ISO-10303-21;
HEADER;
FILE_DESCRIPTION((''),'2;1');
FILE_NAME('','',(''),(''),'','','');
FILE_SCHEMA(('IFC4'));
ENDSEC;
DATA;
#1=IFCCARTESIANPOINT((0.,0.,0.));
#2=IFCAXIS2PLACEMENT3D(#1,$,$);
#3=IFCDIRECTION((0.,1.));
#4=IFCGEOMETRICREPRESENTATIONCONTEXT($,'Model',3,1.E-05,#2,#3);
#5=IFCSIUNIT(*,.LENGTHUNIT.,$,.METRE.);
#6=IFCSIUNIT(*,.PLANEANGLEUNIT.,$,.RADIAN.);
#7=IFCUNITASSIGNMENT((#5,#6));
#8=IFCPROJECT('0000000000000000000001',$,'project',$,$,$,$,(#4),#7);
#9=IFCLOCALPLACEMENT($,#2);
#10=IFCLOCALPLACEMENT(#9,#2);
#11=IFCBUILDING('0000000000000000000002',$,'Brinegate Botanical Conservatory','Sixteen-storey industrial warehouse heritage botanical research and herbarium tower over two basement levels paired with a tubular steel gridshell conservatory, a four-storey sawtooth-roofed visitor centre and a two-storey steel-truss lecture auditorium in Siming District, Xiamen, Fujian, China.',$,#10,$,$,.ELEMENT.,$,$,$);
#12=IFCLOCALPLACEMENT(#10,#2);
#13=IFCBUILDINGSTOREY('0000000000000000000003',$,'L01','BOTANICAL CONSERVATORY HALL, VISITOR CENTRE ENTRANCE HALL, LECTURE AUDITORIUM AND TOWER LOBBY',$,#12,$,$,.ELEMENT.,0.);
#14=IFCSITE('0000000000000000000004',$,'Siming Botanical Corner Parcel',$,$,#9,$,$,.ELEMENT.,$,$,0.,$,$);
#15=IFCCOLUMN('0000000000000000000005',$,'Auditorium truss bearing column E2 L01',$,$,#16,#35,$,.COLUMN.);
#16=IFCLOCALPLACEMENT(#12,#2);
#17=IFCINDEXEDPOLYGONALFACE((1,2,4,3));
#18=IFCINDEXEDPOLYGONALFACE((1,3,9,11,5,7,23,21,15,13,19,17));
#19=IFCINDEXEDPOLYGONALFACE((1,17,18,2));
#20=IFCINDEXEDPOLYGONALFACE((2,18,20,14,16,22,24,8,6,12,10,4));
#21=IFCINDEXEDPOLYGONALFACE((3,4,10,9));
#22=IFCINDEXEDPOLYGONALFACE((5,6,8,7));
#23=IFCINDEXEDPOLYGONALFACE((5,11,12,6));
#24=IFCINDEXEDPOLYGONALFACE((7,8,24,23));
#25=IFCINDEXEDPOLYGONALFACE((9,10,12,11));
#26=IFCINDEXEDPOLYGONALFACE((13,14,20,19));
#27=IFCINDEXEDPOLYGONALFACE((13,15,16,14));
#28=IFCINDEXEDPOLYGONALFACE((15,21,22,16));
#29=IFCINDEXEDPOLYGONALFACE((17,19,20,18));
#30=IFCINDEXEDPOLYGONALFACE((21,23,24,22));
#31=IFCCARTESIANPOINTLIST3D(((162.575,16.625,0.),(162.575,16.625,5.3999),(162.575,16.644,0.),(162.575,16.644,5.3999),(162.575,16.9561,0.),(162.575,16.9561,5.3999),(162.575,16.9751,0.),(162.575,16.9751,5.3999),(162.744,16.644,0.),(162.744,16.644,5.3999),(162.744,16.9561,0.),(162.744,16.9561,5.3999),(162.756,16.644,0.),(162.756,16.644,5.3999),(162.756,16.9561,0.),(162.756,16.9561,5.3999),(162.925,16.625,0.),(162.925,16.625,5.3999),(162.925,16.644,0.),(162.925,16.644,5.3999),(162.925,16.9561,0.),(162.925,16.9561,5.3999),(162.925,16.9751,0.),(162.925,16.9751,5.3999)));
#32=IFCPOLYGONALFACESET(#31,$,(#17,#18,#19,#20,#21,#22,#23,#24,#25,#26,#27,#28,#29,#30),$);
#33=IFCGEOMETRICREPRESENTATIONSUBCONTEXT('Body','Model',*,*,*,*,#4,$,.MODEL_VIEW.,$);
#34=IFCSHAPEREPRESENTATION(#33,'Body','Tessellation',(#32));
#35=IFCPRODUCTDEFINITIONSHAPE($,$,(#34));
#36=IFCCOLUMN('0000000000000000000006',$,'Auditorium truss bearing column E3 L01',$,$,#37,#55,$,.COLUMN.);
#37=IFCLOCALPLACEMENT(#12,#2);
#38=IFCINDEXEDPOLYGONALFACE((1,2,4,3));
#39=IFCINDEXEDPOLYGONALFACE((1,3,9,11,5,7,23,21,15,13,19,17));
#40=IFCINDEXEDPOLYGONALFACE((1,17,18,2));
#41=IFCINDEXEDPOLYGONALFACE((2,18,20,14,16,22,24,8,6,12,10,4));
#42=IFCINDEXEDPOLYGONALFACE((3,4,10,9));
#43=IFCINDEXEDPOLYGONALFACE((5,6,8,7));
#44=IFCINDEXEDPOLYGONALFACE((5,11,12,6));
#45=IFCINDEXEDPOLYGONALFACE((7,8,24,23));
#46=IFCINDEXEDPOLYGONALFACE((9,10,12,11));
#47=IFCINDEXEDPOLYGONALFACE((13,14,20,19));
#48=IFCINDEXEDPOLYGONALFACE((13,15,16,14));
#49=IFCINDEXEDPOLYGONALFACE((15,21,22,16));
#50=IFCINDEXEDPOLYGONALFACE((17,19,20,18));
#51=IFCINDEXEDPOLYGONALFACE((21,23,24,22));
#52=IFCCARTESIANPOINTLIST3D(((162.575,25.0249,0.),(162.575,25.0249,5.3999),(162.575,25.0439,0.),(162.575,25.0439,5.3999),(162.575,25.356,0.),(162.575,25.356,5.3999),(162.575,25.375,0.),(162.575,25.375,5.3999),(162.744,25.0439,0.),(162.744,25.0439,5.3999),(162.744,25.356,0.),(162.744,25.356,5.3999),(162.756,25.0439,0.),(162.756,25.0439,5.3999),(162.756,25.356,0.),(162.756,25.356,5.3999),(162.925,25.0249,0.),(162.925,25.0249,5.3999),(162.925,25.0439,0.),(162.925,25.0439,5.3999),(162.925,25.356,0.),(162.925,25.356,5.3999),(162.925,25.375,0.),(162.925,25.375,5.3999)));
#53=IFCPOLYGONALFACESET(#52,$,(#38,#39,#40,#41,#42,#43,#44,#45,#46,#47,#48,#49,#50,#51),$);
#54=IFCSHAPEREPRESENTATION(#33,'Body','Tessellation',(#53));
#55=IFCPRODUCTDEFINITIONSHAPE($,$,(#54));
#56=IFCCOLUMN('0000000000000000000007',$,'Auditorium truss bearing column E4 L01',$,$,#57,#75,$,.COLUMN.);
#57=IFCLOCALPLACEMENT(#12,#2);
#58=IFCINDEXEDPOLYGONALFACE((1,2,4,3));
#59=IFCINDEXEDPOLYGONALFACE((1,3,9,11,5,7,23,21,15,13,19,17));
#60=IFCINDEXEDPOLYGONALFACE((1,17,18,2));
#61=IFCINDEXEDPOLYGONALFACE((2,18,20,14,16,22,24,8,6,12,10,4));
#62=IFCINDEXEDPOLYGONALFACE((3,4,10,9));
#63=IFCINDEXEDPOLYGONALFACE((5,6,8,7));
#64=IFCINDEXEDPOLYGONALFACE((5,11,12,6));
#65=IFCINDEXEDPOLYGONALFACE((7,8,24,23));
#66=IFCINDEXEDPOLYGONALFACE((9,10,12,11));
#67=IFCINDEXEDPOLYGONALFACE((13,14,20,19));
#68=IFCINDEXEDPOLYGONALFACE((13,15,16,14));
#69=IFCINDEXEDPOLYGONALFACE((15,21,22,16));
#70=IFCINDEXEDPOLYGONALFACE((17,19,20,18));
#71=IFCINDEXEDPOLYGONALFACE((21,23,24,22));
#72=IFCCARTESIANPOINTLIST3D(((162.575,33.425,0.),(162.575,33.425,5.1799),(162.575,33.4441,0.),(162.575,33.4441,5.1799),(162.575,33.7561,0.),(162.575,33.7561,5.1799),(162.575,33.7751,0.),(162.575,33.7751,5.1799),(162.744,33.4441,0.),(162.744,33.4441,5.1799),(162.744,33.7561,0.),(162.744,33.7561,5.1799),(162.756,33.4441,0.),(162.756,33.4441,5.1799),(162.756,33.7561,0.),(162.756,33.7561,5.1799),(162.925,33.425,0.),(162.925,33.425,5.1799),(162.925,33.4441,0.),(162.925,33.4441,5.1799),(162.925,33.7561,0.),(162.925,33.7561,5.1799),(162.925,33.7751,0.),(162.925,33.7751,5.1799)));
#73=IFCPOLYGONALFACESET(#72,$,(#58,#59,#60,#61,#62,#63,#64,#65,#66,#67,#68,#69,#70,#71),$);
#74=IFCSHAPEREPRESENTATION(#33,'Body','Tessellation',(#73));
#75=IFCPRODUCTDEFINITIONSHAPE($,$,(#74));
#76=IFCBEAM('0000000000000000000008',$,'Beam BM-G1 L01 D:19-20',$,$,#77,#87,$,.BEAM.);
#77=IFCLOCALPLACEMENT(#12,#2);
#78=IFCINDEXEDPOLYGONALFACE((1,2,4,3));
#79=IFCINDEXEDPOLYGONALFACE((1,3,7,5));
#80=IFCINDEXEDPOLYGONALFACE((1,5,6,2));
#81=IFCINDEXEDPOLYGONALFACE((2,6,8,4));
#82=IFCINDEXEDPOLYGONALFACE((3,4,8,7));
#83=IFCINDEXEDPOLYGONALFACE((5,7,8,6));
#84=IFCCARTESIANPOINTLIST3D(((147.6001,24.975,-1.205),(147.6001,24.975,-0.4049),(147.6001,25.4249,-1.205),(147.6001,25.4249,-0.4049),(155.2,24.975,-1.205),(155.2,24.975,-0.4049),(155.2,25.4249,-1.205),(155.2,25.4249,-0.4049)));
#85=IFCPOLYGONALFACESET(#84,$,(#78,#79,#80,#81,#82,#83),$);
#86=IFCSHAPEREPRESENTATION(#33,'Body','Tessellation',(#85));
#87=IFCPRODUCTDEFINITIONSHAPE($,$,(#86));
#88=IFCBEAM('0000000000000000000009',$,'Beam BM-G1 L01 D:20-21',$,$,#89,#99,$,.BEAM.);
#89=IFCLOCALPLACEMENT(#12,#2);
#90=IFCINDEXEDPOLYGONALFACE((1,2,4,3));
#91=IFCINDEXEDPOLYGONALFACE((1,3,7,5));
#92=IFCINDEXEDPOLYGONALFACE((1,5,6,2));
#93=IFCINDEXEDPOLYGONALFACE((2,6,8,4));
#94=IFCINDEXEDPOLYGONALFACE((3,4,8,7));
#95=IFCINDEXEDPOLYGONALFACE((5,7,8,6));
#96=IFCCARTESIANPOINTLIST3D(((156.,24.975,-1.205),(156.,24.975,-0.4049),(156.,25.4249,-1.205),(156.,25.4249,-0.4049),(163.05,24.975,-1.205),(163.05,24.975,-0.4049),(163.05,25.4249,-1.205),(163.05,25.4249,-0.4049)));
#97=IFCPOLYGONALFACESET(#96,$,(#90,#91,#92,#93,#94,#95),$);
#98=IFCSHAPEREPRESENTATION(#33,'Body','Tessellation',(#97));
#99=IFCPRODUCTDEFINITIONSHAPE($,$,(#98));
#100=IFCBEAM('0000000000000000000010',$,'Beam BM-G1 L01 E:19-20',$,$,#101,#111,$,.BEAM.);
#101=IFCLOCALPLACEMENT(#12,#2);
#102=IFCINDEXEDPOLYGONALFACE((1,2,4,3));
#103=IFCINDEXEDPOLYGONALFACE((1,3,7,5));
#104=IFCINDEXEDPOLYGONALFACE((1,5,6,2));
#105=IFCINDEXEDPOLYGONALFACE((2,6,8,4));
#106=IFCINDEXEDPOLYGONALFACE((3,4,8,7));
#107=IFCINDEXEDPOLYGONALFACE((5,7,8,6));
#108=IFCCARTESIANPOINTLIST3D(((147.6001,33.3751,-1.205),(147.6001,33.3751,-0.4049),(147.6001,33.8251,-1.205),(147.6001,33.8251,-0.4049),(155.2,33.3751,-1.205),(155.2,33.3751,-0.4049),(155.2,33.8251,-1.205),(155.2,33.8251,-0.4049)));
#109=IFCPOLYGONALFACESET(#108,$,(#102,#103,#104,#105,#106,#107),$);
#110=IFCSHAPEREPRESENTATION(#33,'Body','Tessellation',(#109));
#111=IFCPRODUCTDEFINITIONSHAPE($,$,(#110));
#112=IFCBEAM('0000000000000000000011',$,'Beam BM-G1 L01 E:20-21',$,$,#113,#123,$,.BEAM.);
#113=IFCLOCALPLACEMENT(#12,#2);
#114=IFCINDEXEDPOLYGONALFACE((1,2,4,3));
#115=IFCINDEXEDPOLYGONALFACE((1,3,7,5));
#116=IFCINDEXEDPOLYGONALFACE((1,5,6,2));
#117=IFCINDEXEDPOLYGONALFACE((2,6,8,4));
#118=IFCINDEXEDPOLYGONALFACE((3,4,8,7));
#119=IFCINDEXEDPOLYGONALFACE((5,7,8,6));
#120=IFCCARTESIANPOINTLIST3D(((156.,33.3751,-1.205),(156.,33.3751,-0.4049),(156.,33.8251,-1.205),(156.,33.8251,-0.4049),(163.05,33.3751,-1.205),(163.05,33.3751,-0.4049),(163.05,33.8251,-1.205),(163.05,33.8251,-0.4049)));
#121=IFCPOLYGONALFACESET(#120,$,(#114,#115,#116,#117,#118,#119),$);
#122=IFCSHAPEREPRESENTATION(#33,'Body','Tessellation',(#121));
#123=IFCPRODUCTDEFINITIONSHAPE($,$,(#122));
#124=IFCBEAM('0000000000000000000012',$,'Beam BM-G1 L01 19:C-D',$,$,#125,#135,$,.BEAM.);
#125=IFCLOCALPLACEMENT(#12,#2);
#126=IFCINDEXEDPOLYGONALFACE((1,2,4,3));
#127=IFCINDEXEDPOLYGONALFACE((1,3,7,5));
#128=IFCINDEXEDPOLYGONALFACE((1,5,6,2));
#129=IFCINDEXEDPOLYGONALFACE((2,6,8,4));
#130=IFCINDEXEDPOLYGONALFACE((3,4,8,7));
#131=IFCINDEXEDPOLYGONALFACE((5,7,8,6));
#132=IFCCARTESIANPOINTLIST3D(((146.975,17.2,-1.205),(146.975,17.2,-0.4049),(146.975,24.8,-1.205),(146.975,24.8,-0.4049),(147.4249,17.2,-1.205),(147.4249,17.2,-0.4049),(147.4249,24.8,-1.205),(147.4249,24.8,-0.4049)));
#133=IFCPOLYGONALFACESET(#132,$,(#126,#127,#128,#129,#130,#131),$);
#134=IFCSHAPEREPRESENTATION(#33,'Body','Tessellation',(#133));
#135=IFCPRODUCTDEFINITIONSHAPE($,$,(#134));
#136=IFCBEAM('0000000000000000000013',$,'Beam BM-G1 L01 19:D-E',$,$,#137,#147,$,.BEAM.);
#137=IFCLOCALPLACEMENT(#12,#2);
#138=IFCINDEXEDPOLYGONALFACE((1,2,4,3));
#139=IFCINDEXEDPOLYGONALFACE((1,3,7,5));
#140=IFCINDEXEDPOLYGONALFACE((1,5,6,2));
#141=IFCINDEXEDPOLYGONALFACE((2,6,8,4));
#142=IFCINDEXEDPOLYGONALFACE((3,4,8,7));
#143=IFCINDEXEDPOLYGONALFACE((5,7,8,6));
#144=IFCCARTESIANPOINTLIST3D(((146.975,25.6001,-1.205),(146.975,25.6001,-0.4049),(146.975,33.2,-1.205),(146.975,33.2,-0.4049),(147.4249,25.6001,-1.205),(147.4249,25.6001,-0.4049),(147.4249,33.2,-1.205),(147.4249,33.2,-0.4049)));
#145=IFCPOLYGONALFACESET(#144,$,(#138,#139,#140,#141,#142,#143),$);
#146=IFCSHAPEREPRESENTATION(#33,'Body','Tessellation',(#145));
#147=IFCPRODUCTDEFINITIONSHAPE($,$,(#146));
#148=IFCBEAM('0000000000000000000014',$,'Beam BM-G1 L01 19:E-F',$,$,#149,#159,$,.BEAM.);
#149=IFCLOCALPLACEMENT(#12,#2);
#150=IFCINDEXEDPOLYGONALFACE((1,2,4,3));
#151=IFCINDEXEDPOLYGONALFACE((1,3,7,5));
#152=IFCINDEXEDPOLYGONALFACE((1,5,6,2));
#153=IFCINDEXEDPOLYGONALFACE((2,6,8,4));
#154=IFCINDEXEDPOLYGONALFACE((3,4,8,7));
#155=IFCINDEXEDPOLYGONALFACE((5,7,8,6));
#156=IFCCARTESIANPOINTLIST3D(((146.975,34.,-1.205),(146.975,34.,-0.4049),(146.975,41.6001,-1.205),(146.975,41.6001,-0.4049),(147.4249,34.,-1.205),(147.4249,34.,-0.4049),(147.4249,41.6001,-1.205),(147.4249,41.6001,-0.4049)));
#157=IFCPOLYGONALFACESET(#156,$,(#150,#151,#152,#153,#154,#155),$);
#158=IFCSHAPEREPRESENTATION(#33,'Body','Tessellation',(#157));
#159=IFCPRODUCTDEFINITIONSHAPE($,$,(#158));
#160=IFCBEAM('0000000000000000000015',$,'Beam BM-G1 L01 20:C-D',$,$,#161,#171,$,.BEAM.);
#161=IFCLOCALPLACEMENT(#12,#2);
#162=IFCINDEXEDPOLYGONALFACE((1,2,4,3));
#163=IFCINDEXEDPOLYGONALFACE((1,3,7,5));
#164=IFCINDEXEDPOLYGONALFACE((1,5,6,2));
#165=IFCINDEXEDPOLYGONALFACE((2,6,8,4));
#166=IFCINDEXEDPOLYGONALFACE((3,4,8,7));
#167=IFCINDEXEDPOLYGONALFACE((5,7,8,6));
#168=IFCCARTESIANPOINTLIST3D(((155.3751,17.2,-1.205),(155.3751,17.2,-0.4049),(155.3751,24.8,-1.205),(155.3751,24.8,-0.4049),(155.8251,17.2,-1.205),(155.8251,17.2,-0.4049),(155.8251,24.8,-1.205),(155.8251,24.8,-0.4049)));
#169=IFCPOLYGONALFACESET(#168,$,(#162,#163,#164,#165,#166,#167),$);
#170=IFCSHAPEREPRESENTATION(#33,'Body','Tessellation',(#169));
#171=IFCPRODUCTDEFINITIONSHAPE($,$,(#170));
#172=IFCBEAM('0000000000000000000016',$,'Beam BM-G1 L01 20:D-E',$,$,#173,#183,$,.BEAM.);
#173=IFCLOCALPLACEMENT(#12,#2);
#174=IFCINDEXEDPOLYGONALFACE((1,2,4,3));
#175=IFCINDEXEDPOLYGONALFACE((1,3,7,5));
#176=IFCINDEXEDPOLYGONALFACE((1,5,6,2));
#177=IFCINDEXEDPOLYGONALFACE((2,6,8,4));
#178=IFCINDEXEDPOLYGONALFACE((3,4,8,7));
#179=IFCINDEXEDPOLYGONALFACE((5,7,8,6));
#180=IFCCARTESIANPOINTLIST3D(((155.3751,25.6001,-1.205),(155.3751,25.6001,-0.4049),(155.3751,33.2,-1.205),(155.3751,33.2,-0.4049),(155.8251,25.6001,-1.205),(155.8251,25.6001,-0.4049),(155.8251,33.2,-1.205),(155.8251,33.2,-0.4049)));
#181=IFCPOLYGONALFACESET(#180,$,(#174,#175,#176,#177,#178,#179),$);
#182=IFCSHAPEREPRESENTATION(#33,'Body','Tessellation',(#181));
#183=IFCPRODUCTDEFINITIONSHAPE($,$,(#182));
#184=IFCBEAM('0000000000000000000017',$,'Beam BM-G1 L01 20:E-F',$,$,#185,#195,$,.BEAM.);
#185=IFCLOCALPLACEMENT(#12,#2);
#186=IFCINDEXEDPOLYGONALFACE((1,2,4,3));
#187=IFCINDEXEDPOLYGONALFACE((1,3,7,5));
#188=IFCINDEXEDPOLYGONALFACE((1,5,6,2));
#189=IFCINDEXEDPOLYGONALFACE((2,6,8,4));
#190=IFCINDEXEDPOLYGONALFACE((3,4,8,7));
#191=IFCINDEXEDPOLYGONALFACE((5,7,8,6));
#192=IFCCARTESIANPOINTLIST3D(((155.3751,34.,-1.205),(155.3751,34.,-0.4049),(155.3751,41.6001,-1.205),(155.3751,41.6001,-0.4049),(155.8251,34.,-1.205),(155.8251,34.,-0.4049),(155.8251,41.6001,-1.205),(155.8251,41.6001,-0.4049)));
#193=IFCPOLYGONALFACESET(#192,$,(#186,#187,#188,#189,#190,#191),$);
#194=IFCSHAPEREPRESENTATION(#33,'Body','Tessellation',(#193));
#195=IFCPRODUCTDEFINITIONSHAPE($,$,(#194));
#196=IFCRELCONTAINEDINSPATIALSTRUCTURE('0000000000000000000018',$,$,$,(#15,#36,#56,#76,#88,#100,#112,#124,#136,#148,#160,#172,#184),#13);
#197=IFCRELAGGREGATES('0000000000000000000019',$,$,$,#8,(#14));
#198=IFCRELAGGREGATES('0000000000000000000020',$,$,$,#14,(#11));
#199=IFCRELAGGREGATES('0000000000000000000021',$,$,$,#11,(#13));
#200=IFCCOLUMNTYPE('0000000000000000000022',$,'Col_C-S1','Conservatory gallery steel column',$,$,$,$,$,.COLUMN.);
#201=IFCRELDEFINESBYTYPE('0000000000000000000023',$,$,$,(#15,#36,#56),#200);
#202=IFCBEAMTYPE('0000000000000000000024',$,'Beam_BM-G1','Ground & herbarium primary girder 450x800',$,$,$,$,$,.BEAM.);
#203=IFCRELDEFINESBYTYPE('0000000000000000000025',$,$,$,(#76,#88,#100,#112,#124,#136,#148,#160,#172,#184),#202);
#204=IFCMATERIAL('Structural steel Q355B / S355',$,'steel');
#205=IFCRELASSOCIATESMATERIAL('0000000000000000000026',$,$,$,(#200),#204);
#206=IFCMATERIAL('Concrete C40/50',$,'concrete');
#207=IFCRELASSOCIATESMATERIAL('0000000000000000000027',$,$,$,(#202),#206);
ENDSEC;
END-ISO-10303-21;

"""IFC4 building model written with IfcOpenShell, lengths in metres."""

from ifc_helpers import new_model, si_unit, direction, frame, origin, origin_2d, place, context, subcontext, project, spatial, rectangle, i_section, extrude, material, material_profile, profile_set, type_object, element, save


model = new_model("IFC4")

# Units and contexts
model_context = context("Model", 3, precision=1e-05, world=origin(), true_north=direction((0.0, 1.0)))
body_context = subcontext(model_context, "Body", "Model", "MODEL_VIEW")
ifc_project = project(units=[si_unit("LENGTHUNIT", "METRE"), si_unit("PLANEANGLEUNIT", "RADIAN")], contexts=[model_context])

# Site, building, storey
site_placement = place(None, origin())
site = spatial("IfcSite", under=ifc_project, at=site_placement, Name="Siming Botanical Corner Parcel", CompositionType="ELEMENT", RefElevation=0.0)
building_placement = place(site_placement, origin())
building = spatial("IfcBuilding", under=site, at=building_placement, Name="Brinegate Botanical Conservatory", Description="Sixteen-storey industrial warehouse heritage botanical research and herbarium tower over two basement levels paired with a tubular steel gridshell conservatory, a four-storey sawtooth-roofed visitor centre and a two-storey steel-truss lecture auditorium in Siming District, Xiamen, Fujian, China.", CompositionType="ELEMENT")
storey_placement = place(building_placement, origin())
storey = spatial("IfcBuildingStorey", under=building, at=storey_placement, Name="L01", Description="BOTANICAL CONSERVATORY HALL, VISITOR CENTRE ENTRANCE HALL, LECTURE AUDITORIUM AND TOWER LOBBY", CompositionType="ELEMENT", Elevation=0.0)

# Columns
ifc_material_1 = material(Name="Structural steel Q355B / S355", Category="steel")
ifc_material_profile_1 = material_profile(ifc_material_1, i_section(OverallWidth=0.3501, OverallDepth=0.3501, WebThickness=0.012, FlangeThickness=0.019, at=origin_2d()), Name="HW 350x350x12x19")
ifc_profile_set_1 = profile_set([ifc_material_profile_1], Name="Structural steel Q355B / S355")
column_type = type_object("IfcColumnType", Name="Col_C-S1", Description="Conservatory gallery steel column", PredefinedType="COLUMN", material=ifc_profile_set_1)
for number, where, z_axis, x_axis, name in (
    (1, (162.75, 16.8, 0.0), (0.0, 0.0, 1.0), (1.0, 0.0, 0.0), "Auditorium truss bearing column E2 L01"),
    (2, (162.75, 25.2, 0.0), (0.0, 0.0, 1.0), (1.0, 0.0, 0.0), "Auditorium truss bearing column E3 L01"),
):
    element("IfcColumn", number, at=place(storey_placement, frame(where, z_axis=z_axis, x_axis=x_axis)), inside=storey, type_object=column_type, Name=name, PredefinedType="COLUMN", context=body_context, shape_type="SweptSolid", body=[
        extrude(i_section(OverallWidth=0.3501, OverallDepth=0.3501, WebThickness=0.012, FlangeThickness=0.019, at=origin_2d()), origin(), (0.0, 0.0, 1.0), 5.3999),
    ])
column_placement = place(storey_placement, frame((162.75, 33.6001, 0.0), z_axis=(0.0, 0.0, 1.0), x_axis=(1.0, 0.0, 0.0)))
element("IfcColumn", 3, at=column_placement, inside=storey, type_object=column_type, Name="Auditorium truss bearing column E4 L01", PredefinedType="COLUMN", context=body_context, shape_type="SweptSolid", body=[
    extrude(i_section(OverallWidth=0.3501, OverallDepth=0.3501, WebThickness=0.012, FlangeThickness=0.019, at=origin_2d()), origin(), (0.0, 0.0, 1.0), 5.1799),
])

# Beams
ifc_material_2 = material(Name="Concrete C40/50", Category="concrete")
ifc_material_profile_2 = material_profile(ifc_material_2, rectangle(XDim=0.45, YDim=0.8, at=origin_2d()), Name="RC BM 450x800")
ifc_profile_set_2 = profile_set([ifc_material_profile_2], Name="Concrete C40/50")
beam_type_1 = type_object("IfcBeamType", Name="Beam_BM-G1", Description="Ground & herbarium primary girder 450x800", PredefinedType="BEAM", material=ifc_profile_set_2)
beam_1_placement = place(storey_placement, frame((147.6001, 25.2, -0.8049), z_axis=(1.0, 0.0, 0.0), x_axis=(0.0, 1.0, 0.0)))
element("IfcBeam", 4, at=beam_1_placement, inside=storey, type_object=beam_type_1, Name="Beam BM-G1 L01 D:19-20", PredefinedType="BEAM", context=body_context, shape_type="SweptSolid", body=[
    extrude(rectangle(XDim=0.45, YDim=0.8, at=origin_2d()), origin(), (0.0, 0.0, 1.0), 7.5999),
])
beam_2_placement = place(storey_placement, frame((156.0, 25.2, -0.8049), z_axis=(1.0, 0.0, 0.0), x_axis=(0.0, 1.0, 0.0)))
element("IfcBeam", 5, at=beam_2_placement, inside=storey, type_object=beam_type_1, Name="Beam BM-G1 L01 D:20-21", PredefinedType="BEAM", context=body_context, shape_type="SweptSolid", body=[
    extrude(rectangle(XDim=0.45, YDim=0.8, at=origin_2d()), origin(), (0.0, 0.0, 1.0), 7.05),
])
beam_3_placement = place(storey_placement, frame((147.6001, 33.6001, -0.8049), z_axis=(1.0, 0.0, 0.0), x_axis=(0.0, 1.0, 0.0)))
element("IfcBeam", 6, at=beam_3_placement, inside=storey, type_object=beam_type_1, Name="Beam BM-G1 L01 E:19-20", PredefinedType="BEAM", context=body_context, shape_type="SweptSolid", body=[
    extrude(rectangle(XDim=0.45, YDim=0.8, at=origin_2d()), origin(), (0.0, 0.0, 1.0), 7.5999),
])
beam_4_placement = place(storey_placement, frame((156.0, 33.6001, -0.8049), z_axis=(1.0, 0.0, 0.0), x_axis=(0.0, 1.0, 0.0)))
element("IfcBeam", 7, at=beam_4_placement, inside=storey, type_object=beam_type_1, Name="Beam BM-G1 L01 E:20-21", PredefinedType="BEAM", context=body_context, shape_type="SweptSolid", body=[
    extrude(rectangle(XDim=0.45, YDim=0.8, at=origin_2d()), origin(), (0.0, 0.0, 1.0), 7.05),
])
beam_5_placement = place(storey_placement, frame((147.2, 17.2, -0.8049), z_axis=(0.0, 1.0, 0.0), x_axis=(-1.0, 0.0, 0.0)))
element("IfcBeam", 8, at=beam_5_placement, inside=storey, type_object=beam_type_1, Name="Beam BM-G1 L01 19:C-D", PredefinedType="BEAM", context=body_context, shape_type="SweptSolid", body=[
    extrude(rectangle(XDim=0.45, YDim=0.8, at=origin_2d()), origin(), (0.0, 0.0, 1.0), 7.6001),
])
beam_6_placement = place(storey_placement, frame((147.2, 25.6001, -0.8049), z_axis=(0.0, 1.0, 0.0), x_axis=(-1.0, 0.0, 0.0)))
element("IfcBeam", 9, at=beam_6_placement, inside=storey, type_object=beam_type_1, Name="Beam BM-G1 L01 19:D-E", PredefinedType="BEAM", context=body_context, shape_type="SweptSolid", body=[
    extrude(rectangle(XDim=0.45, YDim=0.8, at=origin_2d()), origin(), (0.0, 0.0, 1.0), 7.5999),
])
for number, where, z_axis, x_axis, name in (
    (10, (147.2, 34.0, -0.8049), (0.0, 1.0, 0.0), (-1.0, 0.0, 0.0), "Beam BM-G1 L01 19:E-F"),
    (11, (155.6001, 17.2, -0.8049), (0.0, 1.0, 0.0), (-1.0, 0.0, 0.0), "Beam BM-G1 L01 20:C-D"),
):
    element("IfcBeam", number, at=place(storey_placement, frame(where, z_axis=z_axis, x_axis=x_axis)), inside=storey, type_object=beam_type_1, Name=name, PredefinedType="BEAM", context=body_context, shape_type="SweptSolid", body=[
        extrude(rectangle(XDim=0.45, YDim=0.8, at=origin_2d()), origin(), (0.0, 0.0, 1.0), 7.6001),
    ])
beam_7_placement = place(storey_placement, frame((155.6001, 25.6001, -0.8049), z_axis=(0.0, 1.0, 0.0), x_axis=(-1.0, 0.0, 0.0)))
element("IfcBeam", 12, at=beam_7_placement, inside=storey, type_object=beam_type_1, Name="Beam BM-G1 L01 20:D-E", PredefinedType="BEAM", context=body_context, shape_type="SweptSolid", body=[
    extrude(rectangle(XDim=0.45, YDim=0.8, at=origin_2d()), origin(), (0.0, 0.0, 1.0), 7.5999),
])
beam_8_placement = place(storey_placement, frame((155.6001, 34.0, -0.8049), z_axis=(0.0, 1.0, 0.0), x_axis=(-1.0, 0.0, 0.0)))
element("IfcBeam", 13, at=beam_8_placement, inside=storey, type_object=beam_type_1, Name="Beam BM-G1 L01 20:E-F", PredefinedType="BEAM", context=body_context, shape_type="SweptSolid", body=[
    extrude(rectangle(XDim=0.45, YDim=0.8, at=origin_2d()), origin(), (0.0, 0.0, 1.0), 7.6001),
])

save(model, "model.ifc")
